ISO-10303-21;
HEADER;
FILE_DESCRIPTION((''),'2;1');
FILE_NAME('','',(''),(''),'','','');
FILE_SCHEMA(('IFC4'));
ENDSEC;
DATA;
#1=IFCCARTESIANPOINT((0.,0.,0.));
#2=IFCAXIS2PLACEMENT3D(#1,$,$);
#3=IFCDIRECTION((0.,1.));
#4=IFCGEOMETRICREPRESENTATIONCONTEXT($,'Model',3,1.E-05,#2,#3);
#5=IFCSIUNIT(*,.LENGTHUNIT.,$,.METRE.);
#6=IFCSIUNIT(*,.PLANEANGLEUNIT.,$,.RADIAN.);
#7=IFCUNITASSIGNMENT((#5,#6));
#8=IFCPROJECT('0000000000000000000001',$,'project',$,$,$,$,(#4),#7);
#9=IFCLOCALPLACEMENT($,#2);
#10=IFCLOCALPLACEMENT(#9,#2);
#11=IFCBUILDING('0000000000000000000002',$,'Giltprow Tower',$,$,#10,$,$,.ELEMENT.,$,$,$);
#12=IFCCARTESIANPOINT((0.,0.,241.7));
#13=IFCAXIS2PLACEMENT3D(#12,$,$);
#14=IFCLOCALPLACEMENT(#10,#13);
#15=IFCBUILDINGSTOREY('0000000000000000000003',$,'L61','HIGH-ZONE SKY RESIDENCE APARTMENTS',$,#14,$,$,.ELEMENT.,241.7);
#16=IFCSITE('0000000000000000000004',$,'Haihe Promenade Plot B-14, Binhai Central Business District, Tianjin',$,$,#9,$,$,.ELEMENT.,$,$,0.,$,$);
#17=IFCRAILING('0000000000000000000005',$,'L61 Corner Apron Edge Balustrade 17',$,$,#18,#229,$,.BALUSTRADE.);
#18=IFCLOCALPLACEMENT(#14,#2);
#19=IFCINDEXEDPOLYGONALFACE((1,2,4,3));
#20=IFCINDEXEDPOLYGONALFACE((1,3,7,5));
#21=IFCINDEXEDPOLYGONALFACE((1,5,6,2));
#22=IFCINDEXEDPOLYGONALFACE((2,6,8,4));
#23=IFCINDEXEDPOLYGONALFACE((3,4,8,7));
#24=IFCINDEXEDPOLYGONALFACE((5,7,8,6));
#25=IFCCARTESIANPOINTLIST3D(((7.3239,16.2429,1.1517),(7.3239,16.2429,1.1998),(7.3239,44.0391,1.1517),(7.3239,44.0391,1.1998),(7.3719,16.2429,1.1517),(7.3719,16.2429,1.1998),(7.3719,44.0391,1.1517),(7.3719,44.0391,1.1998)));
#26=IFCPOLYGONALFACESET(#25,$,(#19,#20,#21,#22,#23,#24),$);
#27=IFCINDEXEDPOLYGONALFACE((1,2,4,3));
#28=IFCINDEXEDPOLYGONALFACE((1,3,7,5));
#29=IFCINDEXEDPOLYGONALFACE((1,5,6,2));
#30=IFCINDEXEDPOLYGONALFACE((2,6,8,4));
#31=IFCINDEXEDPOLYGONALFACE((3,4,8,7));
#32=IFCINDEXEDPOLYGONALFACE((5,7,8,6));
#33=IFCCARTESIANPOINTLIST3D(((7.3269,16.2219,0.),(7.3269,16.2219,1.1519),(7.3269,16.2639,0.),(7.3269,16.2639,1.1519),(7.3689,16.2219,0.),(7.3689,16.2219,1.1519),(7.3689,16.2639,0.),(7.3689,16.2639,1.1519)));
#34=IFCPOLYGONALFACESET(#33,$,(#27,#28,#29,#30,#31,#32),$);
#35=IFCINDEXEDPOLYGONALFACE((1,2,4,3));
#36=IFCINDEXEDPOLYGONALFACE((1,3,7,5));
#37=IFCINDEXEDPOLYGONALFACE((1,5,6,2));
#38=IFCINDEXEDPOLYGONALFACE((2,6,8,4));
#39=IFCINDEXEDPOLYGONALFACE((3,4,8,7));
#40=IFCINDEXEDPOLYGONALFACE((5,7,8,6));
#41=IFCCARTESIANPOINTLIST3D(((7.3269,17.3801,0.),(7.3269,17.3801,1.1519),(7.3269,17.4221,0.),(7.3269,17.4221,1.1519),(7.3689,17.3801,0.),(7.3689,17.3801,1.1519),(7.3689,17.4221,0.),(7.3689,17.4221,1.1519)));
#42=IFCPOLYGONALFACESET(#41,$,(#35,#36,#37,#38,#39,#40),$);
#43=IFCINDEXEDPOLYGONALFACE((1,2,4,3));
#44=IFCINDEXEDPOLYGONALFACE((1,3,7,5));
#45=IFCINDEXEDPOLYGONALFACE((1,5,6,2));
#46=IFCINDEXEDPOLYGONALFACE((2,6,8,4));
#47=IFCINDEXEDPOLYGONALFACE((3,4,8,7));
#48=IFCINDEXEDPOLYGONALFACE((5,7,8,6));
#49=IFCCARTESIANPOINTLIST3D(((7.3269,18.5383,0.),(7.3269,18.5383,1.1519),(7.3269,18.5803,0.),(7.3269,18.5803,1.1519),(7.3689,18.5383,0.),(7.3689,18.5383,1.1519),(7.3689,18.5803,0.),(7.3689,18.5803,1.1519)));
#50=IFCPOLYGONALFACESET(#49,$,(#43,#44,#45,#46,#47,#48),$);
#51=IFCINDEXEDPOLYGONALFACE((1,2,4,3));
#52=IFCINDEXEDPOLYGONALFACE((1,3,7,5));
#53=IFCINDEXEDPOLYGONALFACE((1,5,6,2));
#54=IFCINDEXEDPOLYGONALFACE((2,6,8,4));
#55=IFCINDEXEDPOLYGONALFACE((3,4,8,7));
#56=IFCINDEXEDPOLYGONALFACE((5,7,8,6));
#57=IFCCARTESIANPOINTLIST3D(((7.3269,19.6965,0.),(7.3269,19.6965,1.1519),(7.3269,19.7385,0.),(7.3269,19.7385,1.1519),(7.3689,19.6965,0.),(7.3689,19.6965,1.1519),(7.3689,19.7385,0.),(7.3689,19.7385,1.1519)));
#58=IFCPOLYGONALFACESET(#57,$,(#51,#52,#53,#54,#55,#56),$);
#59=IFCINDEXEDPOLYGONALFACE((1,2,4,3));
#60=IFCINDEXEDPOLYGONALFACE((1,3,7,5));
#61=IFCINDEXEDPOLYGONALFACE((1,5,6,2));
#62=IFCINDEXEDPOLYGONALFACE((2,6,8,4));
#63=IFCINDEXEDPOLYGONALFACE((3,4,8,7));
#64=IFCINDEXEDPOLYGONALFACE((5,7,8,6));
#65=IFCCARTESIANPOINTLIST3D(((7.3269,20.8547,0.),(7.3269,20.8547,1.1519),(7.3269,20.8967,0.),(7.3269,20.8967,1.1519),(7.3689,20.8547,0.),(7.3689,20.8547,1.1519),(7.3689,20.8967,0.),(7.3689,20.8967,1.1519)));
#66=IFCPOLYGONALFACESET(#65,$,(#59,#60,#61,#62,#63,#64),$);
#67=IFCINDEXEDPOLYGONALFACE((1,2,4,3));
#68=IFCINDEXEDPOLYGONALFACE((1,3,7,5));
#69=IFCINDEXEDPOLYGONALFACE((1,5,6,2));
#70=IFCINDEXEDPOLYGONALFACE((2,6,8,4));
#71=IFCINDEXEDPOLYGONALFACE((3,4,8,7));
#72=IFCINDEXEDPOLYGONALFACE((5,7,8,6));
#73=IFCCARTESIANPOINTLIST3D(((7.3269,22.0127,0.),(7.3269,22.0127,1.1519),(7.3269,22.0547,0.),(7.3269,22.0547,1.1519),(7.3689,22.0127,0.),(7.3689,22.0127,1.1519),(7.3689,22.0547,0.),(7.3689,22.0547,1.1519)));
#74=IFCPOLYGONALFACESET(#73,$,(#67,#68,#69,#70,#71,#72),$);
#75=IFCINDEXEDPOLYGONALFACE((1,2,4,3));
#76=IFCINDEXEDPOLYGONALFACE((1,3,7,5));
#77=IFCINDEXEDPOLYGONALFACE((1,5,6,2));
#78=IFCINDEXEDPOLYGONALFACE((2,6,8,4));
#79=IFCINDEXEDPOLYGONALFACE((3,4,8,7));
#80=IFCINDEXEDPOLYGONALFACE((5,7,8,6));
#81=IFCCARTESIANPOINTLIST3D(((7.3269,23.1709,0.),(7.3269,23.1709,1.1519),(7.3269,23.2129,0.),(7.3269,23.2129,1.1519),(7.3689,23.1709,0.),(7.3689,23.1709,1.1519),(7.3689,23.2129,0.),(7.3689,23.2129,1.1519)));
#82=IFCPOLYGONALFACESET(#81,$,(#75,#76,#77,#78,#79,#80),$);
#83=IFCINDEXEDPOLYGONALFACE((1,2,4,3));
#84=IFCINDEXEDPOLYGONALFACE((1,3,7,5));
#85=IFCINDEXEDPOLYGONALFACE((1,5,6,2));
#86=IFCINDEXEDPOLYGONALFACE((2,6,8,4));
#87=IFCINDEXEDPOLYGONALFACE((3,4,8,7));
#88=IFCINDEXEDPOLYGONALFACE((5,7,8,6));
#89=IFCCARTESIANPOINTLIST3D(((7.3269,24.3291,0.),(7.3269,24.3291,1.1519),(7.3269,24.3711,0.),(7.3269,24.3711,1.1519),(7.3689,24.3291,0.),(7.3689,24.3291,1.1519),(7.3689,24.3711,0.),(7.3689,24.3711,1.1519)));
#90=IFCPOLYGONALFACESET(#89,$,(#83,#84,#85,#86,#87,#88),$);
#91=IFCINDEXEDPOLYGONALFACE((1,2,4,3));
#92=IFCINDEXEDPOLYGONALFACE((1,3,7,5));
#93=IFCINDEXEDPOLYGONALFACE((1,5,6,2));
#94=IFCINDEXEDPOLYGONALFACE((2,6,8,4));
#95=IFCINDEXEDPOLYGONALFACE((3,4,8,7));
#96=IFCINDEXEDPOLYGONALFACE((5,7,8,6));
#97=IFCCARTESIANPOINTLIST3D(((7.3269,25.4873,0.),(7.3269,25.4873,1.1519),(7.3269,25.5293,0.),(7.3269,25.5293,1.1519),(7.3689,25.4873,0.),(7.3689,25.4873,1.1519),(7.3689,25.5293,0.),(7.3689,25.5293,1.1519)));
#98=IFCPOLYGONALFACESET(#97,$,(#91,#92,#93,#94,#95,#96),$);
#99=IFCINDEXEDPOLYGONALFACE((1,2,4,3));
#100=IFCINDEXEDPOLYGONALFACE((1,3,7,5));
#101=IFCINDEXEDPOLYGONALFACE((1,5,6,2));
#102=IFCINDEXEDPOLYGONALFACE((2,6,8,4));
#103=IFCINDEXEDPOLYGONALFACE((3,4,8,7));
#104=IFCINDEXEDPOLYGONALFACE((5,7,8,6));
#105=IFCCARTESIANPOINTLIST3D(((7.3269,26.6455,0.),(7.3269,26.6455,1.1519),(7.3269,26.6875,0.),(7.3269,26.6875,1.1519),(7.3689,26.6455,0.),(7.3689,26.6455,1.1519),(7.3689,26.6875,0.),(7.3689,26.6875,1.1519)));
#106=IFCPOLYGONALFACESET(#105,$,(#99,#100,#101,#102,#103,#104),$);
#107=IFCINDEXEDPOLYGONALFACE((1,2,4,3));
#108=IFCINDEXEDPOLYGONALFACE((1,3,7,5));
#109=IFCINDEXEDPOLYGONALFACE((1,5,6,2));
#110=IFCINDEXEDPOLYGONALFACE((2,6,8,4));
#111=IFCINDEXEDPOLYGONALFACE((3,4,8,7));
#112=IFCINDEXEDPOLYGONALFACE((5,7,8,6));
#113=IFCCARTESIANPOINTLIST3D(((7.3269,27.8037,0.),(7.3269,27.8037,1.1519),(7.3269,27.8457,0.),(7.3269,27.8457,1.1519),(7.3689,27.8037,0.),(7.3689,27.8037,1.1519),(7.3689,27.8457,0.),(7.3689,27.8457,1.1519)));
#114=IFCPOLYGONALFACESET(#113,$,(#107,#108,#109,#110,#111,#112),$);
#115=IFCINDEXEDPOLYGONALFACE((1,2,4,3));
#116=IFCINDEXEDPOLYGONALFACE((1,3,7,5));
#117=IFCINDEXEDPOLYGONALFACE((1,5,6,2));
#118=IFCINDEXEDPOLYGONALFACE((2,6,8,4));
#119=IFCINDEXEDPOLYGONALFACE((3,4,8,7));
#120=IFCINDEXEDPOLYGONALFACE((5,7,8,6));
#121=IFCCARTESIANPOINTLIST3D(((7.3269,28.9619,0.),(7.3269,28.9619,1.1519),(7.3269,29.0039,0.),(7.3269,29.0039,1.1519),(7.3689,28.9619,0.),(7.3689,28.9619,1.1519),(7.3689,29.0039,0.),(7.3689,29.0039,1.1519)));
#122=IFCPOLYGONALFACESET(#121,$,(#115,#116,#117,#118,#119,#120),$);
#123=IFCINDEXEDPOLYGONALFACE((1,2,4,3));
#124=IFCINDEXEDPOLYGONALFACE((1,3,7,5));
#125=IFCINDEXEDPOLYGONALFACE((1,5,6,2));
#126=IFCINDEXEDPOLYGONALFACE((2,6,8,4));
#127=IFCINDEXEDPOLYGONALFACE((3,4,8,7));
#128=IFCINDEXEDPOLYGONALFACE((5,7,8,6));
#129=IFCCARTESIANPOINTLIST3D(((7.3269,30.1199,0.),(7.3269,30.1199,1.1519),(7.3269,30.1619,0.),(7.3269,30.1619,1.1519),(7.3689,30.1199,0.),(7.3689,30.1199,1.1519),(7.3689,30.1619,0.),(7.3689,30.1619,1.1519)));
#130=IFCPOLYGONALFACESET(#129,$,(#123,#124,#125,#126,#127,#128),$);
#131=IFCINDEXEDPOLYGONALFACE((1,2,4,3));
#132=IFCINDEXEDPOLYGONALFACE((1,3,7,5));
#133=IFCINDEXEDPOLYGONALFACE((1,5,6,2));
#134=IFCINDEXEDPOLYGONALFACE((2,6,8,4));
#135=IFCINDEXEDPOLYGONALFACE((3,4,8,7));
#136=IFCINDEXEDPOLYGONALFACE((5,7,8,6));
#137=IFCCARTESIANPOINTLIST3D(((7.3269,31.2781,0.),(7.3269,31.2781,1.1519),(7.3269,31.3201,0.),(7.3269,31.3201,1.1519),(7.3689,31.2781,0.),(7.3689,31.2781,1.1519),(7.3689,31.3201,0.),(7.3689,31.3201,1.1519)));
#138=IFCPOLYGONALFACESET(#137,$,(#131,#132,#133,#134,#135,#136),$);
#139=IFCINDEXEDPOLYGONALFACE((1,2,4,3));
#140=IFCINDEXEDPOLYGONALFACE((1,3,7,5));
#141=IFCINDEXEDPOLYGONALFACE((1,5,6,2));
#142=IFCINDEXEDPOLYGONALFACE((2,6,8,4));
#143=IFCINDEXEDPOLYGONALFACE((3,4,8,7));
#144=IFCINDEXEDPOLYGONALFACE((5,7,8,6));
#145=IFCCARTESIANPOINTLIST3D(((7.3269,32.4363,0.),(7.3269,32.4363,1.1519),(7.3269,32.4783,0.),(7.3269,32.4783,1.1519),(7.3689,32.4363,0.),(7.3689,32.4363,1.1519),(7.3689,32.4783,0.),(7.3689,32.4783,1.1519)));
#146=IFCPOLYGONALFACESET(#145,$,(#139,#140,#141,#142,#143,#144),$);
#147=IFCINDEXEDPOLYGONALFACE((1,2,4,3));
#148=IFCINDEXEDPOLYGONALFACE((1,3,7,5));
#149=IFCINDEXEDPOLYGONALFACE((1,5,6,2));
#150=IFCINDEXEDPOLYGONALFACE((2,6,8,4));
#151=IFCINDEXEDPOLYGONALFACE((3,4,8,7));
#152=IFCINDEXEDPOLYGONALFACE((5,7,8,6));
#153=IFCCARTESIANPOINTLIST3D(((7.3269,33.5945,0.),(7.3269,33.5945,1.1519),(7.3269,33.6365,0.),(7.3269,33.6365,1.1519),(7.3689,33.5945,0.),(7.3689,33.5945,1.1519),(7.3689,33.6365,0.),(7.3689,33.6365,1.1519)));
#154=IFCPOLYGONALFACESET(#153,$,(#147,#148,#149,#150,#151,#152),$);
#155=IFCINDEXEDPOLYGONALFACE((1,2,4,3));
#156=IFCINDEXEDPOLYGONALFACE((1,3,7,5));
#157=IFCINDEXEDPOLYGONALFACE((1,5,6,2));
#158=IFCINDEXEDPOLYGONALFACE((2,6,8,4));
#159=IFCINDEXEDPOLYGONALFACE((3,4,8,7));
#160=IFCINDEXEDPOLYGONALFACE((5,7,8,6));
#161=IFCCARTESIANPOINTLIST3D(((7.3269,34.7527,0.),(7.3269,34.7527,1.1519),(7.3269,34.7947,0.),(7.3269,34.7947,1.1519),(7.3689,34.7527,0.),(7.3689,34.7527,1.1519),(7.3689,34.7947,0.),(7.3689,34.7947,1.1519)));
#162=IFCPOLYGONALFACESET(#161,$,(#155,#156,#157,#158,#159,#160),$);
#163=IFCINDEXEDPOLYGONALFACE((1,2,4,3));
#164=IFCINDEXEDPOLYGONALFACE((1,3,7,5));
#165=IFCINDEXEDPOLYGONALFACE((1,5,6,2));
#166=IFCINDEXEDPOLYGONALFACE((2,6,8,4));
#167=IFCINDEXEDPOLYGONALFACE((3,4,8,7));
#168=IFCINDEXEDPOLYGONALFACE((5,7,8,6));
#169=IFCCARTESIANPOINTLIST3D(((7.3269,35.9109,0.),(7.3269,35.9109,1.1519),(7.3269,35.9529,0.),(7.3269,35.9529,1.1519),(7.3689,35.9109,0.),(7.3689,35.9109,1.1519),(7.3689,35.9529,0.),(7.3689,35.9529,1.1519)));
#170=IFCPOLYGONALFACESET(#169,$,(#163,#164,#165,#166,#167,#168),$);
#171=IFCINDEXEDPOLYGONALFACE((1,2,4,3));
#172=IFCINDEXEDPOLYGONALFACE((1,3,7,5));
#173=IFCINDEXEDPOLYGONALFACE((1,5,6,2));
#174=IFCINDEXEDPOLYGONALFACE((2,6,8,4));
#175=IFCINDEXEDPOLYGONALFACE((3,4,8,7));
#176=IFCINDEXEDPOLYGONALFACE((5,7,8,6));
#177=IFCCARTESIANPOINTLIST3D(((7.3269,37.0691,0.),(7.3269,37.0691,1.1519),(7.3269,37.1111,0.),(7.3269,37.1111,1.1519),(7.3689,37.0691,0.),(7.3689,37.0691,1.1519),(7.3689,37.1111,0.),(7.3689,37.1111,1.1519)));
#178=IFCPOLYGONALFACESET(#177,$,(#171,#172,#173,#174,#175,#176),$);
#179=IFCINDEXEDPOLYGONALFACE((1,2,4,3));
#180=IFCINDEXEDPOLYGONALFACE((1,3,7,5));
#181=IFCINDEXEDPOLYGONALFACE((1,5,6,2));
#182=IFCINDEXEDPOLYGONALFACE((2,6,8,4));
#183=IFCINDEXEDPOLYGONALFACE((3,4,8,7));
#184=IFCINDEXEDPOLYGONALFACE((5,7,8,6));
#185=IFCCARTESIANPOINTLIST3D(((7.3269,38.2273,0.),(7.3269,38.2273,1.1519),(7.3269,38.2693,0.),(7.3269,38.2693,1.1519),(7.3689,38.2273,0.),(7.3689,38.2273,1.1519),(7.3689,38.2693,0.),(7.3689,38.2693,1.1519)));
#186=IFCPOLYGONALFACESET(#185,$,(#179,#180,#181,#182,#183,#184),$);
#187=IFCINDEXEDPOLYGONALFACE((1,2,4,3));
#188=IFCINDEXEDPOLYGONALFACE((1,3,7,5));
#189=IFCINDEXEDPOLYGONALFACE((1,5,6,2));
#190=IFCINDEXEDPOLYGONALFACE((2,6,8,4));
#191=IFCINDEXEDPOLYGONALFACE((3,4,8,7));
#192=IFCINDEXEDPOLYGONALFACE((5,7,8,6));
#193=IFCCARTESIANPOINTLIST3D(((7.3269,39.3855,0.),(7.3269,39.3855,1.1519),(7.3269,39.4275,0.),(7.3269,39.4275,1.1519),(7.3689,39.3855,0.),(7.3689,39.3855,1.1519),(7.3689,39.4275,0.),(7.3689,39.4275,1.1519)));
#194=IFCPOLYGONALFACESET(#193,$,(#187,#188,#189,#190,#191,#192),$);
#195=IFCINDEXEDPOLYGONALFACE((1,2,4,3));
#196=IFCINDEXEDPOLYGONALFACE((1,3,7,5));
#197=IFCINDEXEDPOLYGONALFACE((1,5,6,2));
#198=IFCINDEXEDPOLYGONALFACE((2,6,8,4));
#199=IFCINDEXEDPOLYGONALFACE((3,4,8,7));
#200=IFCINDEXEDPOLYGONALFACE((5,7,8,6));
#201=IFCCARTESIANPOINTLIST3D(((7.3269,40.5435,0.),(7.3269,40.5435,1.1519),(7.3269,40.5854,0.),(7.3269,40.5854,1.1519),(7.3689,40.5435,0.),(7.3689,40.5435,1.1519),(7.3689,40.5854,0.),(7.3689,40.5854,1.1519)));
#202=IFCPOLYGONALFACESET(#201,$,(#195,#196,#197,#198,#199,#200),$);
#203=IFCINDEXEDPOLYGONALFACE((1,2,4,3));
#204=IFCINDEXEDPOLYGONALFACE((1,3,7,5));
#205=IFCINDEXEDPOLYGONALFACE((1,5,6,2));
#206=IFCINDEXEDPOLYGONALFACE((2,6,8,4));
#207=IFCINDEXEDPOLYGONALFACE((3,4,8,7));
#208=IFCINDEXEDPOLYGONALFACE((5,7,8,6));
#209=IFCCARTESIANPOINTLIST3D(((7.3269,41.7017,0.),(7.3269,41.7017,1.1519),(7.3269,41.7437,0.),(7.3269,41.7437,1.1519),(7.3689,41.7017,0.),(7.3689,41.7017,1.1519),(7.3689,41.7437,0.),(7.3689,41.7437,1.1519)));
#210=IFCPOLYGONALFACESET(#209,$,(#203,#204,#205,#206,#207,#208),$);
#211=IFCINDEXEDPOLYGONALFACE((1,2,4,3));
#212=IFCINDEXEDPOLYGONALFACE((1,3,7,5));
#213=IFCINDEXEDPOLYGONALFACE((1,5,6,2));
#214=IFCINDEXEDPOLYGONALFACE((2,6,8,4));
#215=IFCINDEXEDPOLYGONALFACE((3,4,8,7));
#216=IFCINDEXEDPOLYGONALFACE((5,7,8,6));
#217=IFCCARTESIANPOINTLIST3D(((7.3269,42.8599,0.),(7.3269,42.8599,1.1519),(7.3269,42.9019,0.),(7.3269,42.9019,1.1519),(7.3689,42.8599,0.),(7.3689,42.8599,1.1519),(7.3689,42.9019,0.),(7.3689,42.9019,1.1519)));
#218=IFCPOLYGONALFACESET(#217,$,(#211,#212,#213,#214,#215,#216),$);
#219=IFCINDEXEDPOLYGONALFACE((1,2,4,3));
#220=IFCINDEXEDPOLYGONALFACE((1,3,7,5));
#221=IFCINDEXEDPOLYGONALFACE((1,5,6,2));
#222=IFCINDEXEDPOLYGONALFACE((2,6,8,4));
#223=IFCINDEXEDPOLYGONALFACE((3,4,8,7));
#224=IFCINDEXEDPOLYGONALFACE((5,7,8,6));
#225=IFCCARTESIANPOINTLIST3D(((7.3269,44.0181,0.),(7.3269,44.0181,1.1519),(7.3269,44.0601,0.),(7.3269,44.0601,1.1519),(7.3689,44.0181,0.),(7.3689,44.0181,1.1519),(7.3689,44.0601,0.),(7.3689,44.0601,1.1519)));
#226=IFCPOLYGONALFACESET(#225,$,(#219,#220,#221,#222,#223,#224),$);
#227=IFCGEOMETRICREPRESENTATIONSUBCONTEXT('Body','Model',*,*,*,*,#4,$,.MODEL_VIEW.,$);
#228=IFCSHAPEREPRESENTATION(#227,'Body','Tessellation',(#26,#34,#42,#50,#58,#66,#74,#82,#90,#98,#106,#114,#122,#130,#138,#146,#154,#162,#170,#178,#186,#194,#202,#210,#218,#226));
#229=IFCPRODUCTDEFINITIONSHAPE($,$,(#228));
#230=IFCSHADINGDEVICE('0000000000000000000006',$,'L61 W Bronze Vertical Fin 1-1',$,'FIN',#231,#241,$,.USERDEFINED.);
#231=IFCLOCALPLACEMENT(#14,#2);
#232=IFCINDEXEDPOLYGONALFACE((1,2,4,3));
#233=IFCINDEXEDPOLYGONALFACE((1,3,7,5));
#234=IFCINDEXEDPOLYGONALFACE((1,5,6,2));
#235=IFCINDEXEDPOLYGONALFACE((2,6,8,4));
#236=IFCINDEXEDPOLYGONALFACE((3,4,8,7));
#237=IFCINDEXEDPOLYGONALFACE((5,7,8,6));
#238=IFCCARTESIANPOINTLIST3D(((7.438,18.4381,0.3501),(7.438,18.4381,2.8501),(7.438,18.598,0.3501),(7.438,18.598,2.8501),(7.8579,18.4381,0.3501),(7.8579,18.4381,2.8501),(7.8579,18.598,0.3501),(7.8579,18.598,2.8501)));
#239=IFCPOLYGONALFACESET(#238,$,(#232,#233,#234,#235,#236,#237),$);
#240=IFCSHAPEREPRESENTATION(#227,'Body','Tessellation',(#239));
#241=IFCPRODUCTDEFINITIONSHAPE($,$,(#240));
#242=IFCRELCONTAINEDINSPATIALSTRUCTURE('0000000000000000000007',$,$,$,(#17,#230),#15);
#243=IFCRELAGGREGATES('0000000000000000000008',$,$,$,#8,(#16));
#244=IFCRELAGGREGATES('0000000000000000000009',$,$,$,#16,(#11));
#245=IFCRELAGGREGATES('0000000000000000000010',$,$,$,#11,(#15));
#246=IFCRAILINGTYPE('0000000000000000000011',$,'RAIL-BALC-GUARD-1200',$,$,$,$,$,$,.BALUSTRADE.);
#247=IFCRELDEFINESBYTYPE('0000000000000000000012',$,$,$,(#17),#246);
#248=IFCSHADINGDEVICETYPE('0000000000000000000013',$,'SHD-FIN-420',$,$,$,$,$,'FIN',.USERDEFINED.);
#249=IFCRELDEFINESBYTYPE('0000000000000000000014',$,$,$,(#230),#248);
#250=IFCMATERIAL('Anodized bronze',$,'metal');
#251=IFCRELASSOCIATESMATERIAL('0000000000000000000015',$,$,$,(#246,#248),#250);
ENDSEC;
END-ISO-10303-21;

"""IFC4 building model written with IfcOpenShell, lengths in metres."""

from ifc_helpers import new_model, si_unit, direction, frame, origin, origin_2d, place, context, subcontext, project, spatial, rectangle, extrude, source, transform, mapped, material, type_object, element, save


model = new_model("IFC4")

# Units and contexts
model_context = context("Model", 3, precision=1e-05, world=origin(), true_north=direction((0.0, 1.0)))
body_context = subcontext(model_context, "Body", "Model", "MODEL_VIEW")
ifc_project = project(units=[si_unit("LENGTHUNIT", "METRE"), si_unit("PLANEANGLEUNIT", "RADIAN")], contexts=[model_context])

# Site, building, storey
site_placement = place(None, origin())
site = spatial("IfcSite", under=ifc_project, at=site_placement, Name="Haihe Promenade Plot B-14, Binhai Central Business District, Tianjin", CompositionType="ELEMENT", RefElevation=0.0)
building_placement = place(site_placement, origin())
building = spatial("IfcBuilding", under=site, at=building_placement, Name="Giltprow Tower", CompositionType="ELEMENT")
storey_placement = place(building_placement, frame((0.0, 0.0, 241.7)))
storey = spatial("IfcBuildingStorey", under=building, at=storey_placement, Name="L61", Description="HIGH-ZONE SKY RESIDENCE APARTMENTS", CompositionType="ELEMENT", Elevation=241.7)

# Shared definitions
ifc_material_1 = material(Name="Anodized bronze", Category="metal")

# Railing
railing_type = type_object("IfcRailingType", Name="RAIL-BALC-GUARD-1200", PredefinedType="BALUSTRADE", material=ifc_material_1)
railing_1_placement = place(storey_placement, frame((7.3479, 16.2429, 0.0)))
element("IfcRailing", 1, at=railing_1_placement, inside=storey, type_object=railing_type, Name="L61 Corner Apron Edge Balustrade 17", PredefinedType="BALUSTRADE", context=body_context, shape_type="SweptSolid", body=[
    extrude(rectangle(XDim=0.0481, YDim=0.0481, at=origin_2d()), frame((0.0, 0.0, 1.1758), z_axis=(0.0, 1.0, 0.0), x_axis=(-1.0, 0.0, 0.0)), (0.0, 0.0, 1.0), 27.7961),
    extrude(rectangle(XDim=0.042, YDim=0.042, at=origin_2d()), origin(), (0.0, 0.0, 1.0), 1.1519),
    extrude(rectangle(XDim=0.042, YDim=0.042, at=origin_2d()), frame((0.0, 1.1582, 0.0)), (0.0, 0.0, 1.0), 1.1519),
    extrude(rectangle(XDim=0.042, YDim=0.042, at=origin_2d()), frame((0.0, 2.3164, 0.0)), (0.0, 0.0, 1.0), 1.1519),
    extrude(rectangle(XDim=0.042, YDim=0.042, at=origin_2d()), frame((0.0, 3.4746, 0.0)), (0.0, 0.0, 1.0), 1.1519),
    extrude(rectangle(XDim=0.042, YDim=0.042, at=origin_2d()), frame((0.0, 4.6328, 0.0)), (0.0, 0.0, 1.0), 1.1519),
    extrude(rectangle(XDim=0.042, YDim=0.042, at=origin_2d()), frame((0.0, 5.7908, 0.0)), (0.0, 0.0, 1.0), 1.1519),
    extrude(rectangle(XDim=0.042, YDim=0.042, at=origin_2d()), frame((0.0, 6.949, 0.0)), (0.0, 0.0, 1.0), 1.1519),
    extrude(rectangle(XDim=0.042, YDim=0.042, at=origin_2d()), frame((0.0, 8.1072, 0.0)), (0.0, 0.0, 1.0), 1.1519),
    extrude(rectangle(XDim=0.042, YDim=0.042, at=origin_2d()), frame((0.0, 9.2654, 0.0)), (0.0, 0.0, 1.0), 1.1519),
    extrude(rectangle(XDim=0.042, YDim=0.042, at=origin_2d()), frame((0.0, 10.4236, 0.0)), (0.0, 0.0, 1.0), 1.1519),
    extrude(rectangle(XDim=0.042, YDim=0.042, at=origin_2d()), frame((0.0, 11.5818, 0.0)), (0.0, 0.0, 1.0), 1.1519),
    extrude(rectangle(XDim=0.042, YDim=0.042, at=origin_2d()), frame((0.0, 12.74, 0.0)), (0.0, 0.0, 1.0), 1.1519),
    extrude(rectangle(XDim=0.042, YDim=0.042, at=origin_2d()), frame((0.0, 13.8979, 0.0)), (0.0, 0.0, 1.0), 1.1519),
    extrude(rectangle(XDim=0.042, YDim=0.042, at=origin_2d()), frame((0.0, 15.0562, 0.0)), (0.0, 0.0, 1.0), 1.1519),
    extrude(rectangle(XDim=0.042, YDim=0.042, at=origin_2d()), frame((0.0, 16.2144, 0.0)), (0.0, 0.0, 1.0), 1.1519),
    extrude(rectangle(XDim=0.042, YDim=0.042, at=origin_2d()), frame((0.0, 17.3726, 0.0)), (0.0, 0.0, 1.0), 1.1519),
    extrude(rectangle(XDim=0.042, YDim=0.042, at=origin_2d()), frame((0.0, 18.5308, 0.0)), (0.0, 0.0, 1.0), 1.1519),
    extrude(rectangle(XDim=0.042, YDim=0.042, at=origin_2d()), frame((0.0, 19.689, 0.0)), (0.0, 0.0, 1.0), 1.1519),
    extrude(rectangle(XDim=0.042, YDim=0.042, at=origin_2d()), frame((0.0, 20.8472, 0.0)), (0.0, 0.0, 1.0), 1.1519),
    extrude(rectangle(XDim=0.042, YDim=0.042, at=origin_2d()), frame((0.0, 22.0054, 0.0)), (0.0, 0.0, 1.0), 1.1519),
    extrude(rectangle(XDim=0.042, YDim=0.042, at=origin_2d()), frame((0.0, 23.1636, 0.0)), (0.0, 0.0, 1.0), 1.1519),
    extrude(rectangle(XDim=0.042, YDim=0.042, at=origin_2d()), frame((0.0, 24.3215, 0.0)), (0.0, 0.0, 1.0), 1.1519),
    extrude(rectangle(XDim=0.042, YDim=0.042, at=origin_2d()), frame((0.0, 25.4797, 0.0)), (0.0, 0.0, 1.0), 1.1519),
    extrude(rectangle(XDim=0.042, YDim=0.042, at=origin_2d()), frame((0.0, 26.6379, 0.0)), (0.0, 0.0, 1.0), 1.1519),
    extrude(rectangle(XDim=0.042, YDim=0.042, at=origin_2d()), frame((0.0, 27.7961, 0.0)), (0.0, 0.0, 1.0), 1.1519),
])

# Shading device
shading_device_type = type_object("IfcShadingDeviceType", Name="SHD-FIN-420", ElementType="FIN", PredefinedType="USERDEFINED", material=ifc_material_1)
shared_shape_1 = source(origin(), body_context, "Body", "SweptSolid", [
    extrude(rectangle(XDim=0.4199, YDim=0.1599, at=origin_2d()), origin(), (0.0, 0.0, 1.0), 2.5),
])
shading_device_placement = place(storey_placement, frame((7.6479, 18.5181, 0.3501), z_axis=(0.0, 0.0, 1.0), x_axis=(1.0, 0.0, 0.0)))
element("IfcShadingDevice", 2, at=shading_device_placement, inside=storey, type_object=shading_device_type, Name="L61 W Bronze Vertical Fin 1-1", ObjectType="FIN", PredefinedType="USERDEFINED", context=body_context, shape_type="MappedRepresentation", body=[
    mapped(shared_shape_1, transform((0.0, 0.0, 0.0), x_axis=(1.0, 0.0, 0.0), y_axis=(0.0, 1.0, 0.0), z_axis=(0.0, 0.0, 1.0), scale=1.0)),
])

save(model, "model.ifc")
